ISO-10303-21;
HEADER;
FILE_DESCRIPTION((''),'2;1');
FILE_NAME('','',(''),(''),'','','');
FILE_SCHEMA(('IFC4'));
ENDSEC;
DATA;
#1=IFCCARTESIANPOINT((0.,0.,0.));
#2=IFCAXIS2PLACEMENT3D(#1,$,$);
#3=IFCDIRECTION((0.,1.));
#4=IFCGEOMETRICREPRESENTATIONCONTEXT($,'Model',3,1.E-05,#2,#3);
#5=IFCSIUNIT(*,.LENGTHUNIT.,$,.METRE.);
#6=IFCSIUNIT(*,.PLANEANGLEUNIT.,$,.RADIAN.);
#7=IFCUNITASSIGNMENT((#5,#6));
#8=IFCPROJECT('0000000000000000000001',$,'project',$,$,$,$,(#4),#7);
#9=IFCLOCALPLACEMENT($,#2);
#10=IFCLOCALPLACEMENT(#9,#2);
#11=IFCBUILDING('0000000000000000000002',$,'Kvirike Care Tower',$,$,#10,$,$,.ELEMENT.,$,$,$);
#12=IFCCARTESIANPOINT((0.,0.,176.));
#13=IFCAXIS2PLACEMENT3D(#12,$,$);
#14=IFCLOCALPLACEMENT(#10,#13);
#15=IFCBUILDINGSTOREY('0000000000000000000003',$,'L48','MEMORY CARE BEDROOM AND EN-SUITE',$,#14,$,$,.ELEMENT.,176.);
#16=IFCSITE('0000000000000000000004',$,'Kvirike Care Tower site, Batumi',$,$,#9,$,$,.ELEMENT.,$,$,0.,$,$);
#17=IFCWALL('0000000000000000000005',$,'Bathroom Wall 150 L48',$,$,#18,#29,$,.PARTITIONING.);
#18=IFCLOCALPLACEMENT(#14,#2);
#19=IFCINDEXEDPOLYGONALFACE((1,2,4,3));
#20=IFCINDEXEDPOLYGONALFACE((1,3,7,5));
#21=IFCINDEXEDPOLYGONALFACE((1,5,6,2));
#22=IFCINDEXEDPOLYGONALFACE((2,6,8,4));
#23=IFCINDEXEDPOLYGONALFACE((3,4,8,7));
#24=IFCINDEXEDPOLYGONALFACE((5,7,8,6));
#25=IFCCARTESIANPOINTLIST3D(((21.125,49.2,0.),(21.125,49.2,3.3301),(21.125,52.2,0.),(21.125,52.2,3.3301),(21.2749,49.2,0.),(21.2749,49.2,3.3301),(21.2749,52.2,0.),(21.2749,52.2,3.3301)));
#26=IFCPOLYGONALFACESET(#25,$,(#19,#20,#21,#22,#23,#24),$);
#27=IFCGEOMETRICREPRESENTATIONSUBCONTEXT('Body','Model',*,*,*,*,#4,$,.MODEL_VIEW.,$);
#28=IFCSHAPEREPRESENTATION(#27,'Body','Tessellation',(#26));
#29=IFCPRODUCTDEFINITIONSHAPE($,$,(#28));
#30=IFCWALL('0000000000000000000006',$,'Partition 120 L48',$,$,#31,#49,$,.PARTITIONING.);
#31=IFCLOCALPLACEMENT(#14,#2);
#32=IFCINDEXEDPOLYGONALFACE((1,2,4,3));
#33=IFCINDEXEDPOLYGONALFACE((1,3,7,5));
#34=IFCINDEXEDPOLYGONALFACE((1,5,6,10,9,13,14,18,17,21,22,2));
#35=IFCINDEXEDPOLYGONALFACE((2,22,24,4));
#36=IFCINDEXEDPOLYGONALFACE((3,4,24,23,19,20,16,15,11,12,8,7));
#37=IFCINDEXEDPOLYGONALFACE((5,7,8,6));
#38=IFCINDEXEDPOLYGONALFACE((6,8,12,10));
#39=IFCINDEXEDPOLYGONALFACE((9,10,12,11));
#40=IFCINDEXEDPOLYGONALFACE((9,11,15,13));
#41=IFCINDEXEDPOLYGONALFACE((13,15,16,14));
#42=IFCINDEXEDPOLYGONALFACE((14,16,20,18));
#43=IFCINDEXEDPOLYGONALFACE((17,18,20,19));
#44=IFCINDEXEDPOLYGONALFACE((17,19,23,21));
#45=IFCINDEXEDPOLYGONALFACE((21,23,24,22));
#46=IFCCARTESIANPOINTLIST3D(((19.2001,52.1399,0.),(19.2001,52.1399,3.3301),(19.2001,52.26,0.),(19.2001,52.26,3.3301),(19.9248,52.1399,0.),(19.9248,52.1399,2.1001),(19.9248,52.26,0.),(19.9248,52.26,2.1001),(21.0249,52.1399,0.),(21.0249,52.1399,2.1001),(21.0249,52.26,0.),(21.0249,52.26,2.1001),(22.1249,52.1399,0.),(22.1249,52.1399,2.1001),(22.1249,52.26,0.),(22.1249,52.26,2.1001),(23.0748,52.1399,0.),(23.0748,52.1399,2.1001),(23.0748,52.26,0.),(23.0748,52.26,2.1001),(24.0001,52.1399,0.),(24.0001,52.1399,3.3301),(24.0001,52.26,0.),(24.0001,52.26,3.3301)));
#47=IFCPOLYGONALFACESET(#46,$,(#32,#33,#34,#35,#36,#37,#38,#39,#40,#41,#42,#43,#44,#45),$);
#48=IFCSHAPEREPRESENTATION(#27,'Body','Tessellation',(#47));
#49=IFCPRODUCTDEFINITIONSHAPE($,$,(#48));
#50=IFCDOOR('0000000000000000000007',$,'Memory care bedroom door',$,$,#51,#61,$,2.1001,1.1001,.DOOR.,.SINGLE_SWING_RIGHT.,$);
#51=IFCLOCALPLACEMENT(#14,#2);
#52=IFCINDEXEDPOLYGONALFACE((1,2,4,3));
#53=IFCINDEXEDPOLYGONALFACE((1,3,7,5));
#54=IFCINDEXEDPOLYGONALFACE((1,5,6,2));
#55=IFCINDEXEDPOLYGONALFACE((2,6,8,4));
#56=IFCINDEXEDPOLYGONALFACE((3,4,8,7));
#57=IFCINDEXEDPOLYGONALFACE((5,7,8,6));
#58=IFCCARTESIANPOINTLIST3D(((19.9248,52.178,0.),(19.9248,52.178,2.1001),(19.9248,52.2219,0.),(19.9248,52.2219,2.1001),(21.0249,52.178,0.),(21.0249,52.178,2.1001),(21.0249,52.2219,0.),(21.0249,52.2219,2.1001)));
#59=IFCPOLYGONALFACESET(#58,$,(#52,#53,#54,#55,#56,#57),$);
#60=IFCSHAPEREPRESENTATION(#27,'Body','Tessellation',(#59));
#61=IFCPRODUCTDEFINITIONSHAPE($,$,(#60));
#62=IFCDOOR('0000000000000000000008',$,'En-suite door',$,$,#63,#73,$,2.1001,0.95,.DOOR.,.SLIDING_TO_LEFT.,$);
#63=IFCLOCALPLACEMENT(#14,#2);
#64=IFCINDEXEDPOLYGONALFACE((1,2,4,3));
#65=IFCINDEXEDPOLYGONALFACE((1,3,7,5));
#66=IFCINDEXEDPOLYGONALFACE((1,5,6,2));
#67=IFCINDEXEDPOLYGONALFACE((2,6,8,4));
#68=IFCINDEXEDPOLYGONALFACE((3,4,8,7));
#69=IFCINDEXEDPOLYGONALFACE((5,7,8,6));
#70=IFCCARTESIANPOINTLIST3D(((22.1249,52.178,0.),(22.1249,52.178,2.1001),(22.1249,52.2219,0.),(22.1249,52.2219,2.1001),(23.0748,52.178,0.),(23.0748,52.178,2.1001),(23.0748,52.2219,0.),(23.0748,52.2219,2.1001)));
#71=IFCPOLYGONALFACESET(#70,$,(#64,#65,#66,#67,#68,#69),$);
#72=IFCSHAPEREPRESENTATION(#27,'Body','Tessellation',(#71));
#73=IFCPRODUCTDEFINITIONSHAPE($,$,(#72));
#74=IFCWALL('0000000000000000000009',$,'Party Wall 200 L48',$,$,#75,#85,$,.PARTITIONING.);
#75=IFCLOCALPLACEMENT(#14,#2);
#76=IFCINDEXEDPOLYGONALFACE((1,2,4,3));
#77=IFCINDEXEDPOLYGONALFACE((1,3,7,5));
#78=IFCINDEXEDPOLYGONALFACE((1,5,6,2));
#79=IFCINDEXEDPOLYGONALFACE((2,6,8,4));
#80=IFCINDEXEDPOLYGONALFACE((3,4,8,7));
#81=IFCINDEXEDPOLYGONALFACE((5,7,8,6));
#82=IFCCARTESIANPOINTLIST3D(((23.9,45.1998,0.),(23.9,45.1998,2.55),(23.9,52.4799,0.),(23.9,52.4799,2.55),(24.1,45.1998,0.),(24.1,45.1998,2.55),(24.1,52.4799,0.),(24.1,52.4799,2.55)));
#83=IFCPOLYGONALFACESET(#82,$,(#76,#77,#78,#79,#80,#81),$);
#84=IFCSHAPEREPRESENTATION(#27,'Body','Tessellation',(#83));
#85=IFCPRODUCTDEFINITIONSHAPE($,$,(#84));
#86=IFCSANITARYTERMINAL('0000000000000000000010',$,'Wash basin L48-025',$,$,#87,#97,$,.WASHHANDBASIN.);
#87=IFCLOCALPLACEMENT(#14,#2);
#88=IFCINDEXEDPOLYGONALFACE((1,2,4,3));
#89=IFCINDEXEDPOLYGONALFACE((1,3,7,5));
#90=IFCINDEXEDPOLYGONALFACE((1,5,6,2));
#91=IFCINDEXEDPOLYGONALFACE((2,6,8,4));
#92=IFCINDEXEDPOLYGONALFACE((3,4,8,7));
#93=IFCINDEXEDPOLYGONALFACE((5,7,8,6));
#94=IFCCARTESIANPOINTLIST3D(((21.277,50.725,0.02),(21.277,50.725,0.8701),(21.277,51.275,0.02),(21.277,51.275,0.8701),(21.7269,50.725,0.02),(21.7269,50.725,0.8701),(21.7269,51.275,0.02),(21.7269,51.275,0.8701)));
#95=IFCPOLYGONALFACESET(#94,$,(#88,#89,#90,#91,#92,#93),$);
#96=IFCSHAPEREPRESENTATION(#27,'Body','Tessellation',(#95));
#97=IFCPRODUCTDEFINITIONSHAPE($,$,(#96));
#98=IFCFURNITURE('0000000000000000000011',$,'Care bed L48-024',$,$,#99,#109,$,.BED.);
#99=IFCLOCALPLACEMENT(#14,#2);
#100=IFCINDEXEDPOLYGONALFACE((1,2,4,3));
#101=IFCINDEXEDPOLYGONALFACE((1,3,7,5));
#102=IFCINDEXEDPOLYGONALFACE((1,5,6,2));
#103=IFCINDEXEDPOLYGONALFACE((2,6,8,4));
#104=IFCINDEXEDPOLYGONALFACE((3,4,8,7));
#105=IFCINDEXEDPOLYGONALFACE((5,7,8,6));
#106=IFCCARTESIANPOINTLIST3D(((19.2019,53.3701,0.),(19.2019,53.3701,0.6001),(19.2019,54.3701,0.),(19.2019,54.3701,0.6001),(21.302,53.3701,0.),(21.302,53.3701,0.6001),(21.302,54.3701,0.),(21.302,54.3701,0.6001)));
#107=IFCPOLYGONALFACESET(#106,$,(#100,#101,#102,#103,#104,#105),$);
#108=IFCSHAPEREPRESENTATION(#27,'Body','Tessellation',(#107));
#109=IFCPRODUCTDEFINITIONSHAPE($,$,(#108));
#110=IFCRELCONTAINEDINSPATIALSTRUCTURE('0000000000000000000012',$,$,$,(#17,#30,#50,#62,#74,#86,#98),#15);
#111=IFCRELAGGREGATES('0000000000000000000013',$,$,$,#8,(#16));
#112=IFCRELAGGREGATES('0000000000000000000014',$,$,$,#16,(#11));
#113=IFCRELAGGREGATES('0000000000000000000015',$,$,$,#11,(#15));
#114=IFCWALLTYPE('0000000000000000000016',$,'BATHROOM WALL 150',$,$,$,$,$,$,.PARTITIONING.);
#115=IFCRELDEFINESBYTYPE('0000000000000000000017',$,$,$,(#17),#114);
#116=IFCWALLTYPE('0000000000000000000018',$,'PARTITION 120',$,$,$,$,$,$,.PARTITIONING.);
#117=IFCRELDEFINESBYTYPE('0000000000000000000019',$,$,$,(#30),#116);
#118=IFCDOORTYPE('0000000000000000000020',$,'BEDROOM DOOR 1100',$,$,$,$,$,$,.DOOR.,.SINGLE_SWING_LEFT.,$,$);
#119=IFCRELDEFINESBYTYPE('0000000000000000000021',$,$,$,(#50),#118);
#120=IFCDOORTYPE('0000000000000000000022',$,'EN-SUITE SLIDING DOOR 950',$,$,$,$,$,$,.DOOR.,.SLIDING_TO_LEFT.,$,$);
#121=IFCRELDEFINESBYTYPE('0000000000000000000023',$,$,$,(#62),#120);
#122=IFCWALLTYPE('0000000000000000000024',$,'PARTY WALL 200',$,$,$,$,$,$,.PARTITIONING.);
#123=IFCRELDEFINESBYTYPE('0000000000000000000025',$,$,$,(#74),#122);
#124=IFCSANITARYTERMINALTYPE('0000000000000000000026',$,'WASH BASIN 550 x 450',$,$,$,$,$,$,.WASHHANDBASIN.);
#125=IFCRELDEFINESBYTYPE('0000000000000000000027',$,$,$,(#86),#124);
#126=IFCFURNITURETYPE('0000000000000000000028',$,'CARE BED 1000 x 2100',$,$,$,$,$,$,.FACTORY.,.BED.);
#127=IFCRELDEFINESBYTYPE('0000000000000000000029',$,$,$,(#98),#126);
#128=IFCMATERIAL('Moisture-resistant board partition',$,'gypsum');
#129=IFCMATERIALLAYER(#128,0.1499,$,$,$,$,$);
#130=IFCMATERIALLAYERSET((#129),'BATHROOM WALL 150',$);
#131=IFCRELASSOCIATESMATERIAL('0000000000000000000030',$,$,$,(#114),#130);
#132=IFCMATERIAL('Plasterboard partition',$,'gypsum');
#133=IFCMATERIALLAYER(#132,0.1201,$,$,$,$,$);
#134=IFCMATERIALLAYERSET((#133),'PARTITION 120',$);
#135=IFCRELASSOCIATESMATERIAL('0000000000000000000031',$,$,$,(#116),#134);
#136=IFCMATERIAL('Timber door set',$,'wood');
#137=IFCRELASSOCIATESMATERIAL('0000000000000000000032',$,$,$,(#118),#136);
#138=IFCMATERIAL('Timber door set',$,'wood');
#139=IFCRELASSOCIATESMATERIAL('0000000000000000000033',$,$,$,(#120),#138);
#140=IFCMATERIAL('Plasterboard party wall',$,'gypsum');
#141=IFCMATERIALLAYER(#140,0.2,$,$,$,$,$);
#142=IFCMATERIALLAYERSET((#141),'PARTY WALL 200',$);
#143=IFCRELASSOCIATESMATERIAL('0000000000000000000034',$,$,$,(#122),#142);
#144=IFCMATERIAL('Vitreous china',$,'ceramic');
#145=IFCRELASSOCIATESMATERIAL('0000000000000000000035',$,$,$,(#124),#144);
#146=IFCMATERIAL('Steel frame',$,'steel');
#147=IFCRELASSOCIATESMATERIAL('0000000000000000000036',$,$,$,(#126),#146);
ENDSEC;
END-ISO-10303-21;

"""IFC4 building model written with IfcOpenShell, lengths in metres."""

from ifc_helpers import new_model, si_unit, direction, frame, frame_2d, origin, origin_2d, place, context, subcontext, project, spatial, rectangle, extrude, material, layer, layer_set, type_object, element, fill, save


model = new_model("IFC4")

# Units and contexts
model_context = context("Model", 3, precision=1e-05, world=origin(), true_north=direction((0.0, 1.0)))
body_context = subcontext(model_context, "Body", "Model", "MODEL_VIEW")
ifc_project = project(units=[si_unit("LENGTHUNIT", "METRE"), si_unit("PLANEANGLEUNIT", "RADIAN")], contexts=[model_context])

# Site, building, storey
site_placement = place(None, origin())
site = spatial("IfcSite", under=ifc_project, at=site_placement, Name="Kvirike Care Tower site, Batumi", CompositionType="ELEMENT", RefElevation=0.0)
building_placement = place(site_placement, origin())
building = spatial("IfcBuilding", under=site, at=building_placement, Name="Kvirike Care Tower", CompositionType="ELEMENT")
storey_placement = place(building_placement, frame((0.0, 0.0, 176.0)))
storey = spatial("IfcBuildingStorey", under=building, at=storey_placement, Name="L48", Description="MEMORY CARE BEDROOM AND EN-SUITE", CompositionType="ELEMENT", Elevation=176.0)

# Wall
ifc_material_1 = material(Name="Moisture-resistant board partition", Category="gypsum")
ifc_layer_1 = layer(ifc_material_1, 0.1499)
ifc_layer_set_1 = layer_set([ifc_layer_1], Name="BATHROOM WALL 150")
wall_type_1 = type_object("IfcWallType", Name="BATHROOM WALL 150", PredefinedType="PARTITIONING", material=ifc_layer_set_1)
wall_1_placement = place(storey_placement, frame((21.2, 52.2, 0.0), z_axis=(0.0, 0.0, 1.0), x_axis=(0.0, -1.0, 0.0)))
element("IfcWall", 1, at=wall_1_placement, inside=storey, type_object=wall_type_1, Name="Bathroom Wall 150 L48", PredefinedType="PARTITIONING", context=body_context, shape_type="SweptSolid", body=[
    extrude(rectangle(XDim=3.0, YDim=0.1499, at=frame_2d((1.5, 0.0))), origin(), (0.0, 0.0, 1.0), 3.3301),
])

# Wall, openings, doors
ifc_material_2 = material(Name="Plasterboard partition", Category="gypsum")
ifc_layer_2 = layer(ifc_material_2, 0.1201)
ifc_layer_set_2 = layer_set([ifc_layer_2], Name="PARTITION 120")
wall_type_2 = type_object("IfcWallType", Name="PARTITION 120", PredefinedType="PARTITIONING", material=ifc_layer_set_2)
wall_2_placement = place(storey_placement, frame((24.0, 52.2, 0.0), z_axis=(0.0, 0.0, 1.0), x_axis=(-1.0, 0.0, 0.0)))
wall_2 = element("IfcWall", 2, at=wall_2_placement, inside=storey, type_object=wall_type_2, Name="Partition 120 L48", PredefinedType="PARTITIONING", context=body_context, shape_type="SweptSolid", body=[
    extrude(rectangle(XDim=4.8, YDim=0.1201, at=frame_2d((2.3999, 0.0))), origin(), (0.0, 0.0, 1.0), 3.3301),
])
opening_1_placement = place(wall_2_placement, frame((2.9751, 0.0, 0.0)))
opening_1 = element("IfcOpeningElement", 3, at=opening_1_placement, cuts=wall_2, PredefinedType="OPENING", context=body_context, shape_type="SweptSolid", body=[
    extrude(rectangle(XDim=1.1001, YDim=2.1001, at=frame_2d((0.55, 1.05))), frame((0.0, 0.0706, 0.0), z_axis=(0.0, -1.0, 0.0), x_axis=(1.0, 0.0, 0.0)), (0.0, 0.0, 1.0), 0.1411),
])
opening_2_placement = place(wall_2_placement, frame((0.925, 0.0, 0.0)))
opening_2 = element("IfcOpeningElement", 4, at=opening_2_placement, cuts=wall_2, PredefinedType="OPENING", context=body_context, shape_type="SweptSolid", body=[
    extrude(rectangle(XDim=0.95, YDim=2.1001, at=frame_2d((0.4751, 1.05))), frame((0.0, 0.0706, 0.0), z_axis=(0.0, -1.0, 0.0), x_axis=(1.0, 0.0, 0.0)), (0.0, 0.0, 1.0), 0.1411),
])
ifc_material_3 = material(Name="Timber door set", Category="wood")
door_type_1 = type_object("IfcDoorType", Name="BEDROOM DOOR 1100", OperationType="SINGLE_SWING_LEFT", PredefinedType="DOOR", material=ifc_material_3)
door_1_placement = place(opening_1_placement, origin())
door_1 = element("IfcDoor", 5, at=door_1_placement, inside=storey, type_object=door_type_1, Name="Memory care bedroom door", OperationType="SINGLE_SWING_RIGHT", OverallHeight=2.1001, OverallWidth=1.1001, PredefinedType="DOOR", context=body_context, shape_type="SweptSolid", body=[
    extrude(rectangle(XDim=1.1001, YDim=2.1001, at=frame_2d((0.55, 1.05))), frame((0.0, 0.022, 0.0), z_axis=(0.0, -1.0, 0.0), x_axis=(1.0, 0.0, 0.0)), (0.0, 0.0, 1.0), 0.0439),
])
fill(opening_1, door_1)
ifc_material_4 = material(Name="Timber door set", Category="wood")
door_type_2 = type_object("IfcDoorType", Name="EN-SUITE SLIDING DOOR 950", OperationType="SLIDING_TO_LEFT", PredefinedType="DOOR", material=ifc_material_4)
door_2_placement = place(opening_2_placement, origin())
door_2 = element("IfcDoor", 6, at=door_2_placement, inside=storey, type_object=door_type_2, Name="En-suite door", OperationType="SLIDING_TO_LEFT", OverallHeight=2.1001, OverallWidth=0.95, PredefinedType="DOOR", context=body_context, shape_type="SweptSolid", body=[
    extrude(rectangle(XDim=0.95, YDim=2.1001, at=frame_2d((0.4751, 1.05))), frame((0.0, 0.022, 0.0), z_axis=(0.0, -1.0, 0.0), x_axis=(1.0, 0.0, 0.0)), (0.0, 0.0, 1.0), 0.0439),
])
fill(opening_2, door_2)

# Wall
ifc_material_5 = material(Name="Plasterboard party wall", Category="gypsum")
ifc_layer_3 = layer(ifc_material_5, 0.2)
ifc_layer_set_3 = layer_set([ifc_layer_3], Name="PARTY WALL 200")
wall_type_3 = type_object("IfcWallType", Name="PARTY WALL 200", PredefinedType="PARTITIONING", material=ifc_layer_set_3)
wall_3_placement = place(storey_placement, frame((24.0, 52.48, 0.0), z_axis=(0.0, 0.0, 1.0), x_axis=(0.0, -1.0, 0.0)))
element("IfcWall", 7, at=wall_3_placement, inside=storey, type_object=wall_type_3, Name="Party Wall 200 L48", PredefinedType="PARTITIONING", context=body_context, shape_type="SweptSolid", body=[
    extrude(rectangle(XDim=7.28, YDim=0.2, at=frame_2d((3.6401, 0.0))), origin(), (0.0, 0.0, 1.0), 2.55),
])

# Sanitary terminal
ifc_material_6 = material(Name="Vitreous china", Category="ceramic")
sanitary_terminal_type = type_object("IfcSanitaryTerminalType", Name="WASH BASIN 550 x 450", PredefinedType="WASHHANDBASIN", material=ifc_material_6)
sanitary_terminal_placement = place(storey_placement, frame((21.502, 51.0, 0.02), z_axis=(0.0, 0.0, 1.0), x_axis=(0.0, 1.0, 0.0)))
element("IfcSanitaryTerminal", 8, at=sanitary_terminal_placement, inside=storey, type_object=sanitary_terminal_type, Name="Wash basin L48-025", PredefinedType="WASHHANDBASIN", context=body_context, shape_type="SweptSolid", body=[
    extrude(rectangle(XDim=0.55, YDim=0.45, at=origin_2d()), origin(), (0.0, 0.0, 1.0), 0.8501),
])

# Furniture
ifc_material_7 = material(Name="Steel frame", Category="steel")
furniture_type = type_object("IfcFurnitureType", Name="CARE BED 1000 x 2100", AssemblyPlace="FACTORY", PredefinedType="BED", material=ifc_material_7)
furniture_placement = place(storey_placement, frame((20.252, 53.8701, 0.0), z_axis=(0.0, 0.0, 1.0), x_axis=(0.0, 1.0, 0.0)))
element("IfcFurniture", 9, at=furniture_placement, inside=storey, type_object=furniture_type, Name="Care bed L48-024", PredefinedType="BED", context=body_context, shape_type="SweptSolid", body=[
    extrude(rectangle(XDim=1.0, YDim=2.1001, at=origin_2d()), origin(), (0.0, 0.0, 1.0), 0.6001),
])

save(model, "model.ifc")
